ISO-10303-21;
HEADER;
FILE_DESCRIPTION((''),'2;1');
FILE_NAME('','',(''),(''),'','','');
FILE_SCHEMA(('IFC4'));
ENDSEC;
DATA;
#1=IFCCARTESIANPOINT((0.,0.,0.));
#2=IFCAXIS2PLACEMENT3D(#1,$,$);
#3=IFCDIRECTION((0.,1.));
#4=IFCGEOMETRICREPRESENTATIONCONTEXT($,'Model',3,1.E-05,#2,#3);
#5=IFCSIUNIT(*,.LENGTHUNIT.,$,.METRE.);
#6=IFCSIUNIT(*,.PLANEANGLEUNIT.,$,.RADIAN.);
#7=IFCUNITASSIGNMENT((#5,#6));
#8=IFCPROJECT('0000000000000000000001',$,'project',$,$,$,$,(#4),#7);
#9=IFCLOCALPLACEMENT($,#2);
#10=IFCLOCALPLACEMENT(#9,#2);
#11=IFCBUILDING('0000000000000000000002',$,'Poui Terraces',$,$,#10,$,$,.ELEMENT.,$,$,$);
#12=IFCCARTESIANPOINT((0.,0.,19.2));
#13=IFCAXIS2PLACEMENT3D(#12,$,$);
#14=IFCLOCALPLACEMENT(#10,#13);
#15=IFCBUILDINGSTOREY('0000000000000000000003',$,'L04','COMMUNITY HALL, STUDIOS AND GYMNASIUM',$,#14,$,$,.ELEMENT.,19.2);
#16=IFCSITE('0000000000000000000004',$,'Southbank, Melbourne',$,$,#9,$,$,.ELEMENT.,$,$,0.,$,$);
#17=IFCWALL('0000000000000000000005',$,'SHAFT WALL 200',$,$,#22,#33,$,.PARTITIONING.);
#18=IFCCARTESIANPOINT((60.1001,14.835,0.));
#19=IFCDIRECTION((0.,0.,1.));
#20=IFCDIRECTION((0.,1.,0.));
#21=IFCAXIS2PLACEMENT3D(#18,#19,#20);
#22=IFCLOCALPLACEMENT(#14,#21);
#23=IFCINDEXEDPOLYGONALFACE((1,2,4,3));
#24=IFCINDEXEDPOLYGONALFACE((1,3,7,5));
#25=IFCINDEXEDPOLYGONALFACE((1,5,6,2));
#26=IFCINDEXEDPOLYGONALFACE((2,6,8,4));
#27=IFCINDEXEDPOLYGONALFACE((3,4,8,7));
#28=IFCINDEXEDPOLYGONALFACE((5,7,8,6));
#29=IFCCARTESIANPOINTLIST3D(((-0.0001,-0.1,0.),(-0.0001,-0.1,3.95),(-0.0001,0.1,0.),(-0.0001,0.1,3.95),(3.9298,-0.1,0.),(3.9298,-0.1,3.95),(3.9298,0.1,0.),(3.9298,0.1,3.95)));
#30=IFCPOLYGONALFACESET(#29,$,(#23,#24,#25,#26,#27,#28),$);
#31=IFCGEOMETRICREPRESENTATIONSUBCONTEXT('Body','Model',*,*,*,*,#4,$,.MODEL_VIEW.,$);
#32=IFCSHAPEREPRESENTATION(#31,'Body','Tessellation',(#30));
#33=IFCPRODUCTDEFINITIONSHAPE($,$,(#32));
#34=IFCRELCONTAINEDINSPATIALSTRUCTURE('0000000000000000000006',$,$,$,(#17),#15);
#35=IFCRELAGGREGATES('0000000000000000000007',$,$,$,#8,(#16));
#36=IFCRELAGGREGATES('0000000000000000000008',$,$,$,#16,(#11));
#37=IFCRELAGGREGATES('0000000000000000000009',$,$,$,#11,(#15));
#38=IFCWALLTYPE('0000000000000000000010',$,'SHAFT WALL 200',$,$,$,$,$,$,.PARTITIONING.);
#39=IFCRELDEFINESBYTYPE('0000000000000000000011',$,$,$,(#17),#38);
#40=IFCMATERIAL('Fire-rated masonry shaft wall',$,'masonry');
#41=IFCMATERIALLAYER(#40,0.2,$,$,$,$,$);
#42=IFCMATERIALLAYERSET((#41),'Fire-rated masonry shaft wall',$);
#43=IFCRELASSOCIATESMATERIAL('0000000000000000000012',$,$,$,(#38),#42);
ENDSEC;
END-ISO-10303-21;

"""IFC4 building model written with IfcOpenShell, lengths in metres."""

from ifc_helpers import new_model, si_unit, direction, frame, frame_2d, origin, place, context, subcontext, project, spatial, rectangle, extrude, material, layer, layer_set, type_object, element, save


model = new_model("IFC4")

# Units and contexts
model_context = context("Model", 3, precision=1e-05, world=origin(), true_north=direction((0.0, 1.0)))
body_context = subcontext(model_context, "Body", "Model", "MODEL_VIEW")
ifc_project = project(units=[si_unit("LENGTHUNIT", "METRE"), si_unit("PLANEANGLEUNIT", "RADIAN")], contexts=[model_context])

# Site, building, storey
site_placement = place(None, origin())
site = spatial("IfcSite", under=ifc_project, at=site_placement, Name="Southbank, Melbourne", CompositionType="ELEMENT", RefElevation=0.0)
building_placement = place(site_placement, origin())
building = spatial("IfcBuilding", under=site, at=building_placement, Name="Poui Terraces", CompositionType="ELEMENT")
storey_placement = place(building_placement, frame((0.0, 0.0, 19.2)))
storey = spatial("IfcBuildingStorey", under=building, at=storey_placement, Name="L04", Description="COMMUNITY HALL, STUDIOS AND GYMNASIUM", CompositionType="ELEMENT", Elevation=19.2)

# Wall
ifc_material_1 = material(Name="Fire-rated masonry shaft wall", Category="masonry")
ifc_layer_1 = layer(ifc_material_1, 0.2)
ifc_layer_set_1 = layer_set([ifc_layer_1], Name="Fire-rated masonry shaft wall")
wall_type_1 = type_object("IfcWallType", Name="SHAFT WALL 200", PredefinedType="PARTITIONING", material=ifc_layer_set_1)
wall_1_placement = place(storey_placement, frame((60.1001, 14.835, 0.0), z_axis=(0.0, 0.0, 1.0), x_axis=(0.0, 1.0, 0.0)))
element("IfcWall", 1, at=wall_1_placement, inside=storey, type_object=wall_type_1, Name="SHAFT WALL 200", PredefinedType="PARTITIONING", context=body_context, shape_type="SweptSolid", body=[
    extrude(rectangle(XDim=3.9299, YDim=0.2, at=frame_2d((1.9648, 0.0))), origin(), (0.0, 0.0, 1.0), 3.95),
])

save(model, "model.ifc")
